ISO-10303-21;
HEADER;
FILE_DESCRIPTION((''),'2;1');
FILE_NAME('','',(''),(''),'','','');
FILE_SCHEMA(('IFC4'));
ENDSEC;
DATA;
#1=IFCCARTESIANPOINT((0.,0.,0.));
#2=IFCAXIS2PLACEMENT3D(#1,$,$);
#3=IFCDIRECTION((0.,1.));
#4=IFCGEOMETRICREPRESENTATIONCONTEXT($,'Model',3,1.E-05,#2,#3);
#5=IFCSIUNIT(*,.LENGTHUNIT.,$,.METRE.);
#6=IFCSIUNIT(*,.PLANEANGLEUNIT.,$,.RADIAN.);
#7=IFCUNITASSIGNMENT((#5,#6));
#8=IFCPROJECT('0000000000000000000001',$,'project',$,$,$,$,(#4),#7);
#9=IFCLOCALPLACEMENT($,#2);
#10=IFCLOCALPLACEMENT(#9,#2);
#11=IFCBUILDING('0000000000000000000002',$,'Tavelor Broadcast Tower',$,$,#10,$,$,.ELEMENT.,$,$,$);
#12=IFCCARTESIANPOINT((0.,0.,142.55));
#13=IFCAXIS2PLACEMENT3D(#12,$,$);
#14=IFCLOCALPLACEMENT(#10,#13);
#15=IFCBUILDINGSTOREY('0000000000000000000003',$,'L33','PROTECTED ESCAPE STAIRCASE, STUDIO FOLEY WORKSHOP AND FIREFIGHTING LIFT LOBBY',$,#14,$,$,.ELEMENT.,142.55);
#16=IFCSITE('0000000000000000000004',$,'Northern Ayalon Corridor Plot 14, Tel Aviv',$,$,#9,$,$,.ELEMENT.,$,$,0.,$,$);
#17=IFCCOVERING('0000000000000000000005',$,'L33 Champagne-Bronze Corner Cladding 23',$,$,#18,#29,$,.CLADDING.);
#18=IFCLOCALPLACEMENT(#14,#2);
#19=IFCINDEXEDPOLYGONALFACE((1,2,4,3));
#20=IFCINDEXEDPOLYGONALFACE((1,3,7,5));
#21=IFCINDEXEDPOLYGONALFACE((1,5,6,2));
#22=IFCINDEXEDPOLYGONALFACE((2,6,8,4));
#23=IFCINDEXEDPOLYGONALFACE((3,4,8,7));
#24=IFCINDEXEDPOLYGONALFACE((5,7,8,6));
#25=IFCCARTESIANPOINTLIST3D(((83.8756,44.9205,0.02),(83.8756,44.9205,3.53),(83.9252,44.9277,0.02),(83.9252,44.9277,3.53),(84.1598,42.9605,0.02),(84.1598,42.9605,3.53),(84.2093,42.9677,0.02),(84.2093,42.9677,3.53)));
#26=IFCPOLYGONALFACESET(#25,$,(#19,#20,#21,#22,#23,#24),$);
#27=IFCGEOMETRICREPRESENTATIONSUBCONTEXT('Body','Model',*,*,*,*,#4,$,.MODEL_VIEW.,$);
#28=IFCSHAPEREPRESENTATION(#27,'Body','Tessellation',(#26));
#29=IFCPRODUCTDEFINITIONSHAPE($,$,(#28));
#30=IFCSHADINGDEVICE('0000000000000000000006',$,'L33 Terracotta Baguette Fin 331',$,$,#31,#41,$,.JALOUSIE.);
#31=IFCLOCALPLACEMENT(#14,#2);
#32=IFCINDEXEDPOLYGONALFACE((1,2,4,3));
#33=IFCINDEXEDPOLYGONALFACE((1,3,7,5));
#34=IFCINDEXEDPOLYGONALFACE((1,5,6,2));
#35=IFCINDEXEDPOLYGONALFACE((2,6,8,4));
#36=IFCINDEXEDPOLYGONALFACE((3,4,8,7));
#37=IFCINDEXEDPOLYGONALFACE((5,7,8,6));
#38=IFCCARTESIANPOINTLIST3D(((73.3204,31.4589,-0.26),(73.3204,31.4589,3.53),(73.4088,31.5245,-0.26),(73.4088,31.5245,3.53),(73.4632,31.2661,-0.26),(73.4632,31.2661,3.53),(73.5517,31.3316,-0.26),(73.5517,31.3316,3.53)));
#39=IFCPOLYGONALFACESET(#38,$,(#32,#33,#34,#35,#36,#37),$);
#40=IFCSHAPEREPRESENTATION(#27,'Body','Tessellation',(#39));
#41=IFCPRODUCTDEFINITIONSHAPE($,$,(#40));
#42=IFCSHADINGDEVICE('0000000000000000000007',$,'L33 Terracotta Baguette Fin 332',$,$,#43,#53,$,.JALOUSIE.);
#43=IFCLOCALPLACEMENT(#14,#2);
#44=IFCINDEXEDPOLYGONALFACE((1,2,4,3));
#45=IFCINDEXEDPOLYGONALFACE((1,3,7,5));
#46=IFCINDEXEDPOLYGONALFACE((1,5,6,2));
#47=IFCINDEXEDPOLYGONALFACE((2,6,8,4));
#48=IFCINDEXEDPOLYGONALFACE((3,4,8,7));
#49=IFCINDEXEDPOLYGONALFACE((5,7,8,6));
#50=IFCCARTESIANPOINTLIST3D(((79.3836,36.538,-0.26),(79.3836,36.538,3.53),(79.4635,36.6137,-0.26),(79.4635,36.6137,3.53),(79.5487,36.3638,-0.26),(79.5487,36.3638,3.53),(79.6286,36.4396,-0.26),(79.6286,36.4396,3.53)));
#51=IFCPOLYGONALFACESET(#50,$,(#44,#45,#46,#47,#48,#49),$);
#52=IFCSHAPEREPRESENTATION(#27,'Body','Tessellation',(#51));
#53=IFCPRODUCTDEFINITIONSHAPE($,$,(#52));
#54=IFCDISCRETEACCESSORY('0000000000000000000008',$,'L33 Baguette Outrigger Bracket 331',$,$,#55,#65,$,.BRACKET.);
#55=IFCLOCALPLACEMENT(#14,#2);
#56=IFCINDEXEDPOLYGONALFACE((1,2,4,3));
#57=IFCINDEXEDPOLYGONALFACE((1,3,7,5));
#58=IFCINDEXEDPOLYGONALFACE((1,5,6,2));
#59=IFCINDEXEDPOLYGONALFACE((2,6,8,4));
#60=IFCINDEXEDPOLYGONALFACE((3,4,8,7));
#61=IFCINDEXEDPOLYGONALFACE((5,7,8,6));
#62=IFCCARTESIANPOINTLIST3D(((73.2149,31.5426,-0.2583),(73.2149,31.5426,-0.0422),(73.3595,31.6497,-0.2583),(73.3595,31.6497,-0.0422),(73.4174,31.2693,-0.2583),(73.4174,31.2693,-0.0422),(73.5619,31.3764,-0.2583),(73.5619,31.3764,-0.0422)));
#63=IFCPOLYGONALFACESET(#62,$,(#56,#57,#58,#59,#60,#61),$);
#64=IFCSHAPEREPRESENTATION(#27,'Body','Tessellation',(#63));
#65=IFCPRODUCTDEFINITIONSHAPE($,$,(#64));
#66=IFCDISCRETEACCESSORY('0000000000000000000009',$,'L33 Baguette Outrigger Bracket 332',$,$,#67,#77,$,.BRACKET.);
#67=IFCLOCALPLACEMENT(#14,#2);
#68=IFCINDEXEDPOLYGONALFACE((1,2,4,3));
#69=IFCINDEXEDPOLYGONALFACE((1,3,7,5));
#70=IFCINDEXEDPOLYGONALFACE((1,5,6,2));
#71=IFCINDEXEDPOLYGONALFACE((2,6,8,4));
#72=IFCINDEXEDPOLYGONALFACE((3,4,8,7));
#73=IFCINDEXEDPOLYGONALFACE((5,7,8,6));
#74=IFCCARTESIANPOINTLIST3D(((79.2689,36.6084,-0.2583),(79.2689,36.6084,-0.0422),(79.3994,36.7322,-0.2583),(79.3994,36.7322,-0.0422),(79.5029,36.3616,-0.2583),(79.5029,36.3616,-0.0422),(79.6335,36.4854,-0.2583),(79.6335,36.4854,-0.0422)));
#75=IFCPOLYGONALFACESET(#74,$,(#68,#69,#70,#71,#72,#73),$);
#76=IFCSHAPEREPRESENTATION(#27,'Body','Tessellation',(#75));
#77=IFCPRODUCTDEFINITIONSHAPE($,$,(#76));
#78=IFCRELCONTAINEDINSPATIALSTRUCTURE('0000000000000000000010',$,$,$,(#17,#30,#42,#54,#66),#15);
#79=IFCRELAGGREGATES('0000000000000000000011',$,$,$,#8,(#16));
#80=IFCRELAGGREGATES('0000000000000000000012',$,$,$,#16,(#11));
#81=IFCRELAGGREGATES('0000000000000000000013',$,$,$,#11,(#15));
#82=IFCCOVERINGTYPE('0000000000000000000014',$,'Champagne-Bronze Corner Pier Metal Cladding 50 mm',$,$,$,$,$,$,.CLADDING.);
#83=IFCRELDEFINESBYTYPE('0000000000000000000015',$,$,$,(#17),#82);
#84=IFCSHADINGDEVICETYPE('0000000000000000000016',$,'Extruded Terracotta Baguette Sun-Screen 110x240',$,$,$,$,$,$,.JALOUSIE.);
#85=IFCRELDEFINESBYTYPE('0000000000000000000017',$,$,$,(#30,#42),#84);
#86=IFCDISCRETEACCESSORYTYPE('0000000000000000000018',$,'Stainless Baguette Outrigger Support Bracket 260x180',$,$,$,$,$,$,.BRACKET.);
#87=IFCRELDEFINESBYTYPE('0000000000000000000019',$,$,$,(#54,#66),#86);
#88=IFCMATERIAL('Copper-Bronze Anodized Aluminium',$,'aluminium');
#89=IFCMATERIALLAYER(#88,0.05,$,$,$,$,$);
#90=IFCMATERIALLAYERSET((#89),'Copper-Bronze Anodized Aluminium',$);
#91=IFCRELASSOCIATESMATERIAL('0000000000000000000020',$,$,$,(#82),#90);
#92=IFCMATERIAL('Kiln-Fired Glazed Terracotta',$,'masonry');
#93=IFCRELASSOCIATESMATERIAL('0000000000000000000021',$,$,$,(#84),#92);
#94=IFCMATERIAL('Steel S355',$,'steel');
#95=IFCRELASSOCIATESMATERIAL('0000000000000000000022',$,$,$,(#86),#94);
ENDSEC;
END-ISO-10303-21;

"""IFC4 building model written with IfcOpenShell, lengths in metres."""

from ifc_helpers import new_model, si_unit, direction, frame, origin, origin_2d, place, context, subcontext, project, spatial, rectangle, extrude, source, transform, mapped, material, layer, layer_set, type_object, type_shapes, element, save


model = new_model("IFC4")

# Units and contexts
model_context = context("Model", 3, precision=1e-05, world=origin(), true_north=direction((0.0, 1.0)))
body_context = subcontext(model_context, "Body", "Model", "MODEL_VIEW")
ifc_project = project(units=[si_unit("LENGTHUNIT", "METRE"), si_unit("PLANEANGLEUNIT", "RADIAN")], contexts=[model_context])

# Site, building, storey
site_placement = place(None, origin())
site = spatial("IfcSite", under=ifc_project, at=site_placement, Name="Northern Ayalon Corridor Plot 14, Tel Aviv", CompositionType="ELEMENT", RefElevation=0.0)
building_placement = place(site_placement, origin())
building = spatial("IfcBuilding", under=site, at=building_placement, Name="Tavelor Broadcast Tower", CompositionType="ELEMENT")
storey_placement = place(building_placement, frame((0.0, 0.0, 142.55)))
storey = spatial("IfcBuildingStorey", under=building, at=storey_placement, Name="L33", Description="PROTECTED ESCAPE STAIRCASE, STUDIO FOLEY WORKSHOP AND FIREFIGHTING LIFT LOBBY", CompositionType="ELEMENT", Elevation=142.55)

# Shared definitions
ifc_material_1 = material(Name="Steel S355", Category="steel")

# Covering
ifc_material_2 = material(Name="Copper-Bronze Anodized Aluminium", Category="aluminium")
ifc_layer_1 = layer(ifc_material_2, 0.05)
ifc_layer_set_1 = layer_set([ifc_layer_1], Name="Copper-Bronze Anodized Aluminium")
covering_type = type_object("IfcCoveringType", Name="Champagne-Bronze Corner Pier Metal Cladding 50 mm", PredefinedType="CLADDING", material=ifc_layer_set_1)
covering_placement = place(storey_placement, frame((84.0425, 43.9441, 0.02), z_axis=(0.0, 0.0, 1.0), x_axis=(-0.143493, 0.989651, 0.0)))
element("IfcCovering", 1, at=covering_placement, inside=storey, type_object=covering_type, Name="L33 Champagne-Bronze Corner Cladding 23", PredefinedType="CLADDING", context=body_context, shape_type="SweptSolid", body=[
    extrude(rectangle(XDim=1.9805, YDim=0.05, at=origin_2d()), origin(), (0.0, 0.0, 1.0), 3.51),
])

# Shading devices
ifc_material_3 = material(Name="Kiln-Fired Glazed Terracotta", Category="masonry")
shading_device_type = type_object("IfcShadingDeviceType", Name="Extruded Terracotta Baguette Sun-Screen 110x240", PredefinedType="JALOUSIE", material=ifc_material_3)
shared_shape_1 = source(origin(), body_context, "Body", "SweptSolid", [
    extrude(rectangle(XDim=0.1101, YDim=0.24, at=origin_2d()), origin(), (0.0, 0.0, 1.0), 3.79),
])
type_shapes(shading_device_type, [shared_shape_1])
for number, where, z_axis, x_axis, name in (
    (2, (73.436, 31.3953, -0.26), (0.0, 0.0, 1.0), (0.803545, 0.595244, 0.0), "L33 Terracotta Baguette Fin 331"),
    (3, (79.5061, 36.4888, -0.26), (0.0, 0.0, 1.0), (0.725615, 0.688101, 0.0), "L33 Terracotta Baguette Fin 332"),
):
    element("IfcShadingDevice", number, at=place(storey_placement, frame(where, z_axis=z_axis, x_axis=x_axis)), inside=storey, type_object=shading_device_type, Name=name, PredefinedType="JALOUSIE", context=body_context, shape_type="MappedRepresentation", body=[
        mapped(shared_shape_1, transform((0.0, 0.0, 0.0), scale=1.0)),
    ])

# Discrete accessories
discrete_accessory_type = type_object("IfcDiscreteAccessoryType", Name="Stainless Baguette Outrigger Support Bracket 260x180", PredefinedType="BRACKET", material=ifc_material_1)
shared_shape_2 = source(origin(), body_context, "Body", "SweptSolid", [
    extrude(rectangle(XDim=0.1799, YDim=0.3401, at=origin_2d()), origin(), (0.0, 0.0, 1.0), 0.2161),
])
type_shapes(discrete_accessory_type, [shared_shape_2])
for number, where, z_axis, x_axis, name in (
    (4, (73.3884, 31.4595, -0.2583), (0.0, 0.0, 1.0), (0.803545, 0.595244, 0.0), "L33 Baguette Outrigger Bracket 331"),
    (5, (79.4512, 36.5469, -0.2583), (0.0, 0.0, 1.0), (0.725615, 0.688101, 0.0), "L33 Baguette Outrigger Bracket 332"),
):
    element("IfcDiscreteAccessory", number, at=place(storey_placement, frame(where, z_axis=z_axis, x_axis=x_axis)), inside=storey, type_object=discrete_accessory_type, Name=name, PredefinedType="BRACKET", context=body_context, shape_type="MappedRepresentation", body=[
        mapped(shared_shape_2, transform((0.0, 0.0, 0.0), scale=1.0)),
    ])

save(model, "model.ifc")
